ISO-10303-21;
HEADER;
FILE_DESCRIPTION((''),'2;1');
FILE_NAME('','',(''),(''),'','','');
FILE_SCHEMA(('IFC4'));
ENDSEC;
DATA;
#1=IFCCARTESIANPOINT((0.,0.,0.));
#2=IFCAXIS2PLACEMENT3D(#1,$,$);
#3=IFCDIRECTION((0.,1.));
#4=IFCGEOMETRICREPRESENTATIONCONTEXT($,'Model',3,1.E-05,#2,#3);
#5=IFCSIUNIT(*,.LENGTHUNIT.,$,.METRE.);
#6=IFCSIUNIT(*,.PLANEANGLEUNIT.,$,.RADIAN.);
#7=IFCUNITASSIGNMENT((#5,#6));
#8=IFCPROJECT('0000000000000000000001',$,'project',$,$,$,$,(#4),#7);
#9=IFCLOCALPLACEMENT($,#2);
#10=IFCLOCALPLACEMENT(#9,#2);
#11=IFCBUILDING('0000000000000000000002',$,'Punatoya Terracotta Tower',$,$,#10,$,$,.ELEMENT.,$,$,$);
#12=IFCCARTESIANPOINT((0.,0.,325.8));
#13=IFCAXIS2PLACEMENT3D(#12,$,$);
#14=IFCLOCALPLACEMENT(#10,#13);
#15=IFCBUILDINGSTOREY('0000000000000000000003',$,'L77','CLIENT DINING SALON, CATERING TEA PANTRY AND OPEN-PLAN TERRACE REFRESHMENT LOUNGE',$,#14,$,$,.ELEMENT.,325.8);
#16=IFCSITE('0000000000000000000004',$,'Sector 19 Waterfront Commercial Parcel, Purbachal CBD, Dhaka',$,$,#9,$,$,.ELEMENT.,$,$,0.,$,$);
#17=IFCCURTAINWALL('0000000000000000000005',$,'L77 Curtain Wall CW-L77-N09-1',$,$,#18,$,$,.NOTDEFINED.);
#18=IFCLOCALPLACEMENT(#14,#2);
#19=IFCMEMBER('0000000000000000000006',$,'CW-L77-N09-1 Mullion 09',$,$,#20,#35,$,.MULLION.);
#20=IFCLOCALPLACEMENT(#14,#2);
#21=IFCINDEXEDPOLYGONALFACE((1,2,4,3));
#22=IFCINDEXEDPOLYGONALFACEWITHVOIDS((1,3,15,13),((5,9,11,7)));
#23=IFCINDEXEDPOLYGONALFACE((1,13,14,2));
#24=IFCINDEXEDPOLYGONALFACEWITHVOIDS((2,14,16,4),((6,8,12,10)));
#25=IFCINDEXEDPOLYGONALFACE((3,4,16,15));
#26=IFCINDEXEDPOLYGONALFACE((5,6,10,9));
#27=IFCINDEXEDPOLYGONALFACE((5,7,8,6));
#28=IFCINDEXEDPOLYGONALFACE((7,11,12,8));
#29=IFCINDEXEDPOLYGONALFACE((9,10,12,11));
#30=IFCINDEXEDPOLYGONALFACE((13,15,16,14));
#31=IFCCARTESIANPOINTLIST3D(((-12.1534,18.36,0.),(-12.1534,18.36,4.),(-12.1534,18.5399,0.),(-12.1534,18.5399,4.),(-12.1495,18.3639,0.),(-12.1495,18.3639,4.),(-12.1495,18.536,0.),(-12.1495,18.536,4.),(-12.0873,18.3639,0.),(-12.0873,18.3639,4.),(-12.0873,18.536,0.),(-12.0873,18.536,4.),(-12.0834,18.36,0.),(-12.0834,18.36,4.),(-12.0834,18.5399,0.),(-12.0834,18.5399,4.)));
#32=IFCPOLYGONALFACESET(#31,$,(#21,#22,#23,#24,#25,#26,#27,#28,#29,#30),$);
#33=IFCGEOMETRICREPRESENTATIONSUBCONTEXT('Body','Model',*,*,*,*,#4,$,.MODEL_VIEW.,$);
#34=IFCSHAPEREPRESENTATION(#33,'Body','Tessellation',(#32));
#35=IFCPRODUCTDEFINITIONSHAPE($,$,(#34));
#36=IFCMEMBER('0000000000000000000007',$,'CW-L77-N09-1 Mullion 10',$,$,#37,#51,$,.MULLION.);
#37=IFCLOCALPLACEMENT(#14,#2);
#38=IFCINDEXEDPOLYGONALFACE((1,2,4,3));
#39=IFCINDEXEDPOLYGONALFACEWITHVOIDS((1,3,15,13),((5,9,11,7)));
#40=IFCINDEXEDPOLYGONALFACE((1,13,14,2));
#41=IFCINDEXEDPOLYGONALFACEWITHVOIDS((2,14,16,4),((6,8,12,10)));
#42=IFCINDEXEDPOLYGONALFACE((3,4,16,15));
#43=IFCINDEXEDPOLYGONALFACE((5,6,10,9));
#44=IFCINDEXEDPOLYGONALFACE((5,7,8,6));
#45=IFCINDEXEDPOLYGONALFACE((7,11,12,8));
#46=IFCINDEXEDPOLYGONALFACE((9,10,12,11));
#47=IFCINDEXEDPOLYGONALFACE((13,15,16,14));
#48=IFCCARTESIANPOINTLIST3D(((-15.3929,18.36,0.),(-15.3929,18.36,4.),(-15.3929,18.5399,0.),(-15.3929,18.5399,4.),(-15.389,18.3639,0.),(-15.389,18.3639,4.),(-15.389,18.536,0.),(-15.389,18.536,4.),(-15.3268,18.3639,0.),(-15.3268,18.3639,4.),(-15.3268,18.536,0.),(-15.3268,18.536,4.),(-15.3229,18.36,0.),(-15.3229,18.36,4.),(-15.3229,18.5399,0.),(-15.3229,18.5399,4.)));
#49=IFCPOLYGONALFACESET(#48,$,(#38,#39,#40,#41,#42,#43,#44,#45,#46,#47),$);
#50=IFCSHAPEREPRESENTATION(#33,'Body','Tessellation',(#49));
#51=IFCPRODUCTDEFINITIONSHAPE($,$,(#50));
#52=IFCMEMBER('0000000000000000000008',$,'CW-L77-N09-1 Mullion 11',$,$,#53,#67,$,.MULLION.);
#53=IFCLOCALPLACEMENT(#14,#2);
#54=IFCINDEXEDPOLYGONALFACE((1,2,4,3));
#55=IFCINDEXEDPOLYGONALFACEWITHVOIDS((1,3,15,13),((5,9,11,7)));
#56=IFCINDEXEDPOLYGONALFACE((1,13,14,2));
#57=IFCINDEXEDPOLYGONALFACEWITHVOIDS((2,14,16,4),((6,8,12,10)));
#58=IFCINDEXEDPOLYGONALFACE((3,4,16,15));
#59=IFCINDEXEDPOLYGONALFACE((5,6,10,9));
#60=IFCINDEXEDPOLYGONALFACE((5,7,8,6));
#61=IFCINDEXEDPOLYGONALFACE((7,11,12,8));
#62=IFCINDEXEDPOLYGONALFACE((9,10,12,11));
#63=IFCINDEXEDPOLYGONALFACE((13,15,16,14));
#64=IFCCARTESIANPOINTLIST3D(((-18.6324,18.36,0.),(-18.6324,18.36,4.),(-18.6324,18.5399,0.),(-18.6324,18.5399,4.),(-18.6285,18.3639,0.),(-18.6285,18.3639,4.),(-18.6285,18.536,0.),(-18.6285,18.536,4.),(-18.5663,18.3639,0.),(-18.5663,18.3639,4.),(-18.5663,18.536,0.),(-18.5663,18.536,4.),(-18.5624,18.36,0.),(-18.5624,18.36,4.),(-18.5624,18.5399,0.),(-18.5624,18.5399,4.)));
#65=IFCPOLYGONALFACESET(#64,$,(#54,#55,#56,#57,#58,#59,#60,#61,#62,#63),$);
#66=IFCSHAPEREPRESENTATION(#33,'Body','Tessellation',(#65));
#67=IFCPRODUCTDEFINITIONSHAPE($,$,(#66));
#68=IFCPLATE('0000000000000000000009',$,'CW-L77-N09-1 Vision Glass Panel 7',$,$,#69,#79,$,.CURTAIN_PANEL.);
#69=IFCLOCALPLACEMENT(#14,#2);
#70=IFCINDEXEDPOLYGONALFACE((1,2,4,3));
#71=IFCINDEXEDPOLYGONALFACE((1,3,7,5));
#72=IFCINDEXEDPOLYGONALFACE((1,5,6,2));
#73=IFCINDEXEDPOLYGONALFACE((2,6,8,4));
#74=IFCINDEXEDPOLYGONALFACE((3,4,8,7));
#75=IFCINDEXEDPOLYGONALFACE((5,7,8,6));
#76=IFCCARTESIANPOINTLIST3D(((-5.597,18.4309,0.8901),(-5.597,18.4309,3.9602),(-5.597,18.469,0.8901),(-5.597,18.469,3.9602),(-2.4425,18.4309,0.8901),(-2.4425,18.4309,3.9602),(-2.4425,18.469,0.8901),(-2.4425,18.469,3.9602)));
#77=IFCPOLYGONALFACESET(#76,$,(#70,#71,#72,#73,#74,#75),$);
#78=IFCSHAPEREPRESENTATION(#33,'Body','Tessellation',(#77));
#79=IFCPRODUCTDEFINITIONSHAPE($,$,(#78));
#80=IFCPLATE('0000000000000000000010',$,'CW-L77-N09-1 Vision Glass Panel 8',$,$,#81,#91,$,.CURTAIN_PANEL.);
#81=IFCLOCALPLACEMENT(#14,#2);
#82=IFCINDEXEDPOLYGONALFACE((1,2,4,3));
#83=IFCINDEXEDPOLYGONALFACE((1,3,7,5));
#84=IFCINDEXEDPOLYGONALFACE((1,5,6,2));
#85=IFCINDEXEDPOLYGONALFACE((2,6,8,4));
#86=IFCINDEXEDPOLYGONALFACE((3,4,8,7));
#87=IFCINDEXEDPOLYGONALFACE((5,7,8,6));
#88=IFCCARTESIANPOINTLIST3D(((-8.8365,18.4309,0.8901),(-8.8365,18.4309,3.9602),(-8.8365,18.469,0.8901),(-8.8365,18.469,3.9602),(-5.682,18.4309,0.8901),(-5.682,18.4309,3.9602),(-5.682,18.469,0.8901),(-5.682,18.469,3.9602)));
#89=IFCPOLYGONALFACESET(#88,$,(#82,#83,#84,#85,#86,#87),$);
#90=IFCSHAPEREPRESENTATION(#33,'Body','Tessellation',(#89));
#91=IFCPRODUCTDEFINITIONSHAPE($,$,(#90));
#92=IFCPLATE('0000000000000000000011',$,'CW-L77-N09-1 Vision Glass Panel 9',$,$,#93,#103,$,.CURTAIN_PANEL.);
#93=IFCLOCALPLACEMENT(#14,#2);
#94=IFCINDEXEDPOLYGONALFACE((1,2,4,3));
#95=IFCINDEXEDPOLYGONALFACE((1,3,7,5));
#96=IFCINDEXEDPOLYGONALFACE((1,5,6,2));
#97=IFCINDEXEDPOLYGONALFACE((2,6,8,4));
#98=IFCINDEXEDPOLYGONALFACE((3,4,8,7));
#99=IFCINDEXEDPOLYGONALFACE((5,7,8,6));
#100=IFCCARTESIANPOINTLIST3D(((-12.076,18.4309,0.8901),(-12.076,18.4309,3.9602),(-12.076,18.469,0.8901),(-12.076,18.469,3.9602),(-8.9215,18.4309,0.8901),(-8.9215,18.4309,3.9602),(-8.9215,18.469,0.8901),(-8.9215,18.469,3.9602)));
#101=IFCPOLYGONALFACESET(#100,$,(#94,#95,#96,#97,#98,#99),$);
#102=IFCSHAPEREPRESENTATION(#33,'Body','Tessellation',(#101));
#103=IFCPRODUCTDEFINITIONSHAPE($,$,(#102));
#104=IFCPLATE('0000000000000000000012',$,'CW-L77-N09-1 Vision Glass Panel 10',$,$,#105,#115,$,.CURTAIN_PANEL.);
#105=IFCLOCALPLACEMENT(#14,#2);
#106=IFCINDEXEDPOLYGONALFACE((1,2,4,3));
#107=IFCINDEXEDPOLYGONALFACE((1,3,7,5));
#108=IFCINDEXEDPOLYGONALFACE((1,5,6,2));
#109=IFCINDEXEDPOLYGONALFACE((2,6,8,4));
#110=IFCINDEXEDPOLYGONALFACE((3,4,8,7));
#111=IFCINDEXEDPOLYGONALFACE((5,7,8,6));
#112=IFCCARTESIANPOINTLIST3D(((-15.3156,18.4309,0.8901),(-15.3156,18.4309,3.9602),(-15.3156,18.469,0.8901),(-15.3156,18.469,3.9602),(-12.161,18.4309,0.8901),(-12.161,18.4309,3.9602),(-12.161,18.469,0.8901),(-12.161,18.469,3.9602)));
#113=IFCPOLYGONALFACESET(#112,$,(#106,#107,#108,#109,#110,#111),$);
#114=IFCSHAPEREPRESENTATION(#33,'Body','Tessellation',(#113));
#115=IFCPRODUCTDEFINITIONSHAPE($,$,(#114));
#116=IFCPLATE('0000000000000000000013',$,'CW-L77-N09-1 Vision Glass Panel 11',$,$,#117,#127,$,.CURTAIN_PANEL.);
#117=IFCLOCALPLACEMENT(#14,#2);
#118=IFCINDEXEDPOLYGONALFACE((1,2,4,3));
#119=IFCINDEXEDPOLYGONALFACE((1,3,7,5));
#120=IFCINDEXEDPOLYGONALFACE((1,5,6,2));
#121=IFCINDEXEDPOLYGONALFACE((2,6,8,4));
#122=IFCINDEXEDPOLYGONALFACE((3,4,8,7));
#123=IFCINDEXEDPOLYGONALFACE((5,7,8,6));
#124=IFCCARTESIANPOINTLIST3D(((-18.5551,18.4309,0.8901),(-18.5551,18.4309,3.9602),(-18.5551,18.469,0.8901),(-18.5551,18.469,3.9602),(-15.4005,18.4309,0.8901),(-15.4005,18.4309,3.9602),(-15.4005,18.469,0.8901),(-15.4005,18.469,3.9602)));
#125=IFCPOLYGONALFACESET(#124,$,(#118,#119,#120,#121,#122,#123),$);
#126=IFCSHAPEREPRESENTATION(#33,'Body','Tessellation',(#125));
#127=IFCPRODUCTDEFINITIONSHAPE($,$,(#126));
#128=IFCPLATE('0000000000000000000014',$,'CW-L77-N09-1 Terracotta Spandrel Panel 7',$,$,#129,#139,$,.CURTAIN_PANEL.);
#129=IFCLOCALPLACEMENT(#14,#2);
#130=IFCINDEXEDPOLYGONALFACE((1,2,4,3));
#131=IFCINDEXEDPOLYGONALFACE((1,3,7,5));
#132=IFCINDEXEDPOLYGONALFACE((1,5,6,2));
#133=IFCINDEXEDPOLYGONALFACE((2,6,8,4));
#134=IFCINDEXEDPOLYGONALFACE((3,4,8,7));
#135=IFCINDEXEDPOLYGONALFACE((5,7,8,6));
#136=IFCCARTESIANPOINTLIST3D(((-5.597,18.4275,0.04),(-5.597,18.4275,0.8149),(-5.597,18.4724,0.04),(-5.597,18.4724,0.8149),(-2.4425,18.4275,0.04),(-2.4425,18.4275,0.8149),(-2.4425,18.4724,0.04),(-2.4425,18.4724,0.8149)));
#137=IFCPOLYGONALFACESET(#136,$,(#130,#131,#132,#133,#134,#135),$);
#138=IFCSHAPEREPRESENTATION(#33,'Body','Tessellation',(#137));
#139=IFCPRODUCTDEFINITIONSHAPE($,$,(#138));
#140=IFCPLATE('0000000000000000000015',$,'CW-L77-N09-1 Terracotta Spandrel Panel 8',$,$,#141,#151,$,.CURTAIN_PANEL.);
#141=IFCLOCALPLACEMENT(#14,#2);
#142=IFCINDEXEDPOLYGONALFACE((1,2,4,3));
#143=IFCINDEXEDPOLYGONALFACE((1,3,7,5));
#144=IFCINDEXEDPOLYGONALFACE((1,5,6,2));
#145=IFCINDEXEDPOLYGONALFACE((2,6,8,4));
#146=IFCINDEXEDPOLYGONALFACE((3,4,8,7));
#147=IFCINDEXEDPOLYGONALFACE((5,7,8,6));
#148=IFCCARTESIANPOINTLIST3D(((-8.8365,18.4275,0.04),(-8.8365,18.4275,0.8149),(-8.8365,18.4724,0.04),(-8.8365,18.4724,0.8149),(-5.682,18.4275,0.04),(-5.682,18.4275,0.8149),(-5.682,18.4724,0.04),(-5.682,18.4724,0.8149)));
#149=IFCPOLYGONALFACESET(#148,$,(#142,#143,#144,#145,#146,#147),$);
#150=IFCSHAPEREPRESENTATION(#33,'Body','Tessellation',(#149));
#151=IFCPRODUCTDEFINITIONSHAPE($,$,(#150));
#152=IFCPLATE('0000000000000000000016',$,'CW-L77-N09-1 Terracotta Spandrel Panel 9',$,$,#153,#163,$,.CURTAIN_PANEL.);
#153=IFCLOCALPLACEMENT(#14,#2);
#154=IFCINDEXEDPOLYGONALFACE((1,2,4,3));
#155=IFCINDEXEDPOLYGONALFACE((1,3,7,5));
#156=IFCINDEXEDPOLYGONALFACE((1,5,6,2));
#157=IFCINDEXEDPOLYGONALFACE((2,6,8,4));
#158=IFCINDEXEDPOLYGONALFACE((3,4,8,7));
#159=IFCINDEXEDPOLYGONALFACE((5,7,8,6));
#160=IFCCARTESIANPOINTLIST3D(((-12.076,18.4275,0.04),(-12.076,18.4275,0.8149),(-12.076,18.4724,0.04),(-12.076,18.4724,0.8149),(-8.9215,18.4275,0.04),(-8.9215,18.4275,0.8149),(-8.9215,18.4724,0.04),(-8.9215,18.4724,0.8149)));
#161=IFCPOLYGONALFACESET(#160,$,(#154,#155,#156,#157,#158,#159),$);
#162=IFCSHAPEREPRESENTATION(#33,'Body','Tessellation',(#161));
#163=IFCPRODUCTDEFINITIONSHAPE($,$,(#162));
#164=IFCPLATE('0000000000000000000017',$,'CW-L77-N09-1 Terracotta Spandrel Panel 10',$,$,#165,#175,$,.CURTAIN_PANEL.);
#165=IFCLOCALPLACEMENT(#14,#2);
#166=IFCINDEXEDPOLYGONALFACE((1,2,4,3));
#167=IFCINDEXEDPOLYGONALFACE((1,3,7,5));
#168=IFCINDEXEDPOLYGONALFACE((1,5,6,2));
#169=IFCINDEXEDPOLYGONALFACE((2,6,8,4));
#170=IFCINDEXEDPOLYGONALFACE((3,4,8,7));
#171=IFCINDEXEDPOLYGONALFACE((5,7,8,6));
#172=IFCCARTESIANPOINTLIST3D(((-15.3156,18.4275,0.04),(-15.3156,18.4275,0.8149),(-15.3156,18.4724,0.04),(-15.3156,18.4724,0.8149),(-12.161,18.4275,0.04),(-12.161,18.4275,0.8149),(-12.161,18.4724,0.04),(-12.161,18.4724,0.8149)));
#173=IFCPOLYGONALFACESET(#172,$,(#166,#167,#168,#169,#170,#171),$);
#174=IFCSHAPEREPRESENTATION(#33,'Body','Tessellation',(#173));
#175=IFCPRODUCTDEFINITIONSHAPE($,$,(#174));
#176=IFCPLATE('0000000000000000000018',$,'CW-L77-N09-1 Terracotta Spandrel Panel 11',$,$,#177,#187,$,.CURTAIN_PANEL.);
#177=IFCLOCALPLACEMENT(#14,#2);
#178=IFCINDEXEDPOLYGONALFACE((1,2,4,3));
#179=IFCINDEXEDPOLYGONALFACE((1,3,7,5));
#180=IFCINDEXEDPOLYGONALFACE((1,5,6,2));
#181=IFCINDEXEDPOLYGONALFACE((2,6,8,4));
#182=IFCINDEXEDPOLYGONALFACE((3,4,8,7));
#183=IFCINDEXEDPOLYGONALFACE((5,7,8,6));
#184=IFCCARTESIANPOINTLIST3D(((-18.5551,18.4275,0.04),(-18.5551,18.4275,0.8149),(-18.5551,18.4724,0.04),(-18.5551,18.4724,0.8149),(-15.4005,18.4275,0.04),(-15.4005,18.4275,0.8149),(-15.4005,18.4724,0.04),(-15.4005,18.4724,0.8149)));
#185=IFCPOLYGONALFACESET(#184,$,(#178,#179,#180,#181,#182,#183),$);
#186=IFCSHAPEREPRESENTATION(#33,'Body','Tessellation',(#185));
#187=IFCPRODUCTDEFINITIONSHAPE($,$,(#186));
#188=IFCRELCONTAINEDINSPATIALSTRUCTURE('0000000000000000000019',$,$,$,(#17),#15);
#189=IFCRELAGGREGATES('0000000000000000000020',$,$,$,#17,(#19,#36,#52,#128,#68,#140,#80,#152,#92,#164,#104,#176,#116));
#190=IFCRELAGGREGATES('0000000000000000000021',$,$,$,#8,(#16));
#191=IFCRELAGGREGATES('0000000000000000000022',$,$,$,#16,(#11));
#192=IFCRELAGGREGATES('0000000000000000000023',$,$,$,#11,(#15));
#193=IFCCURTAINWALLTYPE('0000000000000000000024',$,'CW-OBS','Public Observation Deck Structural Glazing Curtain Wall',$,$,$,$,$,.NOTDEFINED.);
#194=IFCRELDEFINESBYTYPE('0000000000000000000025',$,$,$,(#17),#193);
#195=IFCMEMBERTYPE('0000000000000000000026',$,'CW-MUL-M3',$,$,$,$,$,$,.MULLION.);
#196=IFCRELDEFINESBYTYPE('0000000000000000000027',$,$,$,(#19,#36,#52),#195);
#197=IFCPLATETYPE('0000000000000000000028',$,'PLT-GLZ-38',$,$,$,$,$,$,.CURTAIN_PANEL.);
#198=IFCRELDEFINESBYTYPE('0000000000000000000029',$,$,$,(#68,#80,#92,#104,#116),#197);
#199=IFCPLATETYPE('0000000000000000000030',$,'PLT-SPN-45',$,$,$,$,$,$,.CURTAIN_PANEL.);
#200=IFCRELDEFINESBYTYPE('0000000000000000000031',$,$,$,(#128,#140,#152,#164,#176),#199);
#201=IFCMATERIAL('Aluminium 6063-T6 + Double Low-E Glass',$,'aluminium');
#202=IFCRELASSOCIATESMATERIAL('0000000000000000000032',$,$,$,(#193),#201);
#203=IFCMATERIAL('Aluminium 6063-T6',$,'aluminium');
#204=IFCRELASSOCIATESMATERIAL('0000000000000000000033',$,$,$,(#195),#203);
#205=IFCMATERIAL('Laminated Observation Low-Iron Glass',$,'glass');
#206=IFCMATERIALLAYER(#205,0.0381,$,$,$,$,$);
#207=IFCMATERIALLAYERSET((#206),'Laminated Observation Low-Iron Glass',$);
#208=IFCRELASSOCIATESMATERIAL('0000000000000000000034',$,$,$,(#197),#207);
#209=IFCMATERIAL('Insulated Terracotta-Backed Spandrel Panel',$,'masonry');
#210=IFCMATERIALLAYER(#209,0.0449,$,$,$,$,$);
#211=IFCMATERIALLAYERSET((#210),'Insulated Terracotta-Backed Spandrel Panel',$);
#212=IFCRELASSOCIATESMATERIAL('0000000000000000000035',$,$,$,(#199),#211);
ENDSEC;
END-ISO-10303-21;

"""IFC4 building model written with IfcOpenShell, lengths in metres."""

from ifc_helpers import new_model, si_unit, direction, frame, origin, origin_2d, place, context, subcontext, project, spatial, rectangle, hollow_rectangle, extrude, material, layer, layer_set, material_profile, profile_set, type_object, element, aggregate, save


model = new_model("IFC4")

# Units and contexts
model_context = context("Model", 3, precision=1e-05, world=origin(), true_north=direction((0.0, 1.0)))
body_context = subcontext(model_context, "Body", "Model", "MODEL_VIEW")
ifc_project = project(units=[si_unit("LENGTHUNIT", "METRE"), si_unit("PLANEANGLEUNIT", "RADIAN")], contexts=[model_context])

# Site, building, storey
site_placement = place(None, origin())
site = spatial("IfcSite", under=ifc_project, at=site_placement, Name="Sector 19 Waterfront Commercial Parcel, Purbachal CBD, Dhaka", CompositionType="ELEMENT", RefElevation=0.0)
building_placement = place(site_placement, origin())
building = spatial("IfcBuilding", under=site, at=building_placement, Name="Punatoya Terracotta Tower", CompositionType="ELEMENT")
storey_placement = place(building_placement, frame((0.0, 0.0, 325.8)))
storey = spatial("IfcBuildingStorey", under=building, at=storey_placement, Name="L77", Description="CLIENT DINING SALON, CATERING TEA PANTRY AND OPEN-PLAN TERRACE REFRESHMENT LOUNGE", CompositionType="ELEMENT", Elevation=325.8)

# Curtain wall, members, plates
ifc_material_1 = material(Name="Aluminium 6063-T6 + Double Low-E Glass", Category="aluminium")
curtain_wall_type = type_object("IfcCurtainWallType", Name="CW-OBS", Description="Public Observation Deck Structural Glazing Curtain Wall", PredefinedType="NOTDEFINED", material=ifc_material_1)
curtain_wall_placement = place(storey_placement, origin())
curtain_wall = element("IfcCurtainWall", 1, at=curtain_wall_placement, inside=storey, type_object=curtain_wall_type, Name="L77 Curtain Wall CW-L77-N09-1", PredefinedType="NOTDEFINED")
ifc_material_2 = material(Name="Aluminium 6063-T6", Category="aluminium")
ifc_material_profile_1 = material_profile(ifc_material_2, hollow_rectangle(XDim=0.0701, YDim=0.1799, WallThickness=0.0039, at=origin_2d()))
ifc_profile_set_1 = profile_set([ifc_material_profile_1], Name="Aluminium 6063-T6")
member_type = type_object("IfcMemberType", Name="CW-MUL-M3", PredefinedType="MULLION", material=ifc_profile_set_1)
member_1_placement = place(storey_placement, frame((-12.1184, 18.45, 0.0), z_axis=(0.0, 0.0, 1.0), x_axis=(1.0, 0.0, 0.0)))
member_1 = element("IfcMember", 2, at=member_1_placement, type_object=member_type, Name="CW-L77-N09-1 Mullion 09", PredefinedType="MULLION", context=body_context, shape_type="SweptSolid", body=[
    extrude(hollow_rectangle(XDim=0.0701, YDim=0.1799, WallThickness=0.0039, at=origin_2d()), origin(), (0.0, 0.0, 1.0), 4.0),
])
member_2_placement = place(storey_placement, frame((-15.3579, 18.45, 0.0), z_axis=(0.0, 0.0, 1.0), x_axis=(1.0, 0.0, 0.0)))
member_2 = element("IfcMember", 3, at=member_2_placement, type_object=member_type, Name="CW-L77-N09-1 Mullion 10", PredefinedType="MULLION", context=body_context, shape_type="SweptSolid", body=[
    extrude(hollow_rectangle(XDim=0.0701, YDim=0.1799, WallThickness=0.0039, at=origin_2d()), origin(), (0.0, 0.0, 1.0), 4.0),
])
member_3_placement = place(storey_placement, frame((-18.5974, 18.45, 0.0), z_axis=(0.0, 0.0, 1.0), x_axis=(1.0, 0.0, 0.0)))
member_3 = element("IfcMember", 4, at=member_3_placement, type_object=member_type, Name="CW-L77-N09-1 Mullion 11", PredefinedType="MULLION", context=body_context, shape_type="SweptSolid", body=[
    extrude(hollow_rectangle(XDim=0.0701, YDim=0.1799, WallThickness=0.0039, at=origin_2d()), origin(), (0.0, 0.0, 1.0), 4.0),
])
ifc_material_3 = material(Name="Laminated Observation Low-Iron Glass", Category="glass")
ifc_layer_1 = layer(ifc_material_3, 0.0381)
ifc_layer_set_1 = layer_set([ifc_layer_1], Name="Laminated Observation Low-Iron Glass")
plate_type_1 = type_object("IfcPlateType", Name="PLT-GLZ-38", PredefinedType="CURTAIN_PANEL", material=ifc_layer_set_1)
plate_1_placement = place(storey_placement, frame((-4.0198, 18.45, 0.8901), z_axis=(0.0, 0.0, 1.0), x_axis=(-1.0, 0.0, 0.0)))
plate_1 = element("IfcPlate", 5, at=plate_1_placement, type_object=plate_type_1, Name="CW-L77-N09-1 Vision Glass Panel 7", PredefinedType="CURTAIN_PANEL", context=body_context, shape_type="SweptSolid", body=[
    extrude(rectangle(XDim=3.1545, YDim=0.0381, at=origin_2d()), origin(), (0.0, 0.0, 1.0), 3.0701),
])
plate_2_placement = place(storey_placement, frame((-7.2593, 18.45, 0.8901), z_axis=(0.0, 0.0, 1.0), x_axis=(-1.0, 0.0, 0.0)))
plate_2 = element("IfcPlate", 6, at=plate_2_placement, type_object=plate_type_1, Name="CW-L77-N09-1 Vision Glass Panel 8", PredefinedType="CURTAIN_PANEL", context=body_context, shape_type="SweptSolid", body=[
    extrude(rectangle(XDim=3.1545, YDim=0.0381, at=origin_2d()), origin(), (0.0, 0.0, 1.0), 3.0701),
])
plate_3_placement = place(storey_placement, frame((-10.4988, 18.45, 0.8901), z_axis=(0.0, 0.0, 1.0), x_axis=(-1.0, 0.0, 0.0)))
plate_3 = element("IfcPlate", 7, at=plate_3_placement, type_object=plate_type_1, Name="CW-L77-N09-1 Vision Glass Panel 9", PredefinedType="CURTAIN_PANEL", context=body_context, shape_type="SweptSolid", body=[
    extrude(rectangle(XDim=3.1545, YDim=0.0381, at=origin_2d()), origin(), (0.0, 0.0, 1.0), 3.0701),
])
plate_4_placement = place(storey_placement, frame((-13.7383, 18.45, 0.8901), z_axis=(0.0, 0.0, 1.0), x_axis=(-1.0, 0.0, 0.0)))
plate_4 = element("IfcPlate", 8, at=plate_4_placement, type_object=plate_type_1, Name="CW-L77-N09-1 Vision Glass Panel 10", PredefinedType="CURTAIN_PANEL", context=body_context, shape_type="SweptSolid", body=[
    extrude(rectangle(XDim=3.1545, YDim=0.0381, at=origin_2d()), origin(), (0.0, 0.0, 1.0), 3.0701),
])
plate_5_placement = place(storey_placement, frame((-16.9778, 18.45, 0.8901), z_axis=(0.0, 0.0, 1.0), x_axis=(-1.0, 0.0, 0.0)))
plate_5 = element("IfcPlate", 9, at=plate_5_placement, type_object=plate_type_1, Name="CW-L77-N09-1 Vision Glass Panel 11", PredefinedType="CURTAIN_PANEL", context=body_context, shape_type="SweptSolid", body=[
    extrude(rectangle(XDim=3.1545, YDim=0.0381, at=origin_2d()), origin(), (0.0, 0.0, 1.0), 3.0701),
])
ifc_material_4 = material(Name="Insulated Terracotta-Backed Spandrel Panel", Category="masonry")
ifc_layer_2 = layer(ifc_material_4, 0.0449)
ifc_layer_set_2 = layer_set([ifc_layer_2], Name="Insulated Terracotta-Backed Spandrel Panel")
plate_type_2 = type_object("IfcPlateType", Name="PLT-SPN-45", PredefinedType="CURTAIN_PANEL", material=ifc_layer_set_2)
plate_6_placement = place(storey_placement, frame((-4.0198, 18.45, 0.04), z_axis=(0.0, 0.0, 1.0), x_axis=(-1.0, 0.0, 0.0)))
plate_6 = element("IfcPlate", 10, at=plate_6_placement, type_object=plate_type_2, Name="CW-L77-N09-1 Terracotta Spandrel Panel 7", PredefinedType="CURTAIN_PANEL", context=body_context, shape_type="SweptSolid", body=[
    extrude(rectangle(XDim=3.1545, YDim=0.0449, at=origin_2d()), origin(), (0.0, 0.0, 1.0), 0.7749),
])
plate_7_placement = place(storey_placement, frame((-7.2593, 18.45, 0.04), z_axis=(0.0, 0.0, 1.0), x_axis=(-1.0, 0.0, 0.0)))
plate_7 = element("IfcPlate", 11, at=plate_7_placement, type_object=plate_type_2, Name="CW-L77-N09-1 Terracotta Spandrel Panel 8", PredefinedType="CURTAIN_PANEL", context=body_context, shape_type="SweptSolid", body=[
    extrude(rectangle(XDim=3.1545, YDim=0.0449, at=origin_2d()), origin(), (0.0, 0.0, 1.0), 0.7749),
])
plate_8_placement = place(storey_placement, frame((-10.4988, 18.45, 0.04), z_axis=(0.0, 0.0, 1.0), x_axis=(-1.0, 0.0, 0.0)))
plate_8 = element("IfcPlate", 12, at=plate_8_placement, type_object=plate_type_2, Name="CW-L77-N09-1 Terracotta Spandrel Panel 9", PredefinedType="CURTAIN_PANEL", context=body_context, shape_type="SweptSolid", body=[
    extrude(rectangle(XDim=3.1545, YDim=0.0449, at=origin_2d()), origin(), (0.0, 0.0, 1.0), 0.7749),
])
plate_9_placement = place(storey_placement, frame((-13.7383, 18.45, 0.04), z_axis=(0.0, 0.0, 1.0), x_axis=(-1.0, 0.0, 0.0)))
plate_9 = element("IfcPlate", 13, at=plate_9_placement, type_object=plate_type_2, Name="CW-L77-N09-1 Terracotta Spandrel Panel 10", PredefinedType="CURTAIN_PANEL", context=body_context, shape_type="SweptSolid", body=[
    extrude(rectangle(XDim=3.1545, YDim=0.0449, at=origin_2d()), origin(), (0.0, 0.0, 1.0), 0.7749),
])
plate_10_placement = place(storey_placement, frame((-16.9778, 18.45, 0.04), z_axis=(0.0, 0.0, 1.0), x_axis=(-1.0, 0.0, 0.0)))
plate_10 = element("IfcPlate", 14, at=plate_10_placement, type_object=plate_type_2, Name="CW-L77-N09-1 Terracotta Spandrel Panel 11", PredefinedType="CURTAIN_PANEL", context=body_context, shape_type="SweptSolid", body=[
    extrude(rectangle(XDim=3.1545, YDim=0.0449, at=origin_2d()), origin(), (0.0, 0.0, 1.0), 0.7749),
])
aggregate(curtain_wall, [member_1, member_2, member_3, plate_6, plate_1, plate_7, plate_2, plate_8, plate_3, plate_9, plate_4, plate_10, plate_5])

save(model, "model.ifc")
